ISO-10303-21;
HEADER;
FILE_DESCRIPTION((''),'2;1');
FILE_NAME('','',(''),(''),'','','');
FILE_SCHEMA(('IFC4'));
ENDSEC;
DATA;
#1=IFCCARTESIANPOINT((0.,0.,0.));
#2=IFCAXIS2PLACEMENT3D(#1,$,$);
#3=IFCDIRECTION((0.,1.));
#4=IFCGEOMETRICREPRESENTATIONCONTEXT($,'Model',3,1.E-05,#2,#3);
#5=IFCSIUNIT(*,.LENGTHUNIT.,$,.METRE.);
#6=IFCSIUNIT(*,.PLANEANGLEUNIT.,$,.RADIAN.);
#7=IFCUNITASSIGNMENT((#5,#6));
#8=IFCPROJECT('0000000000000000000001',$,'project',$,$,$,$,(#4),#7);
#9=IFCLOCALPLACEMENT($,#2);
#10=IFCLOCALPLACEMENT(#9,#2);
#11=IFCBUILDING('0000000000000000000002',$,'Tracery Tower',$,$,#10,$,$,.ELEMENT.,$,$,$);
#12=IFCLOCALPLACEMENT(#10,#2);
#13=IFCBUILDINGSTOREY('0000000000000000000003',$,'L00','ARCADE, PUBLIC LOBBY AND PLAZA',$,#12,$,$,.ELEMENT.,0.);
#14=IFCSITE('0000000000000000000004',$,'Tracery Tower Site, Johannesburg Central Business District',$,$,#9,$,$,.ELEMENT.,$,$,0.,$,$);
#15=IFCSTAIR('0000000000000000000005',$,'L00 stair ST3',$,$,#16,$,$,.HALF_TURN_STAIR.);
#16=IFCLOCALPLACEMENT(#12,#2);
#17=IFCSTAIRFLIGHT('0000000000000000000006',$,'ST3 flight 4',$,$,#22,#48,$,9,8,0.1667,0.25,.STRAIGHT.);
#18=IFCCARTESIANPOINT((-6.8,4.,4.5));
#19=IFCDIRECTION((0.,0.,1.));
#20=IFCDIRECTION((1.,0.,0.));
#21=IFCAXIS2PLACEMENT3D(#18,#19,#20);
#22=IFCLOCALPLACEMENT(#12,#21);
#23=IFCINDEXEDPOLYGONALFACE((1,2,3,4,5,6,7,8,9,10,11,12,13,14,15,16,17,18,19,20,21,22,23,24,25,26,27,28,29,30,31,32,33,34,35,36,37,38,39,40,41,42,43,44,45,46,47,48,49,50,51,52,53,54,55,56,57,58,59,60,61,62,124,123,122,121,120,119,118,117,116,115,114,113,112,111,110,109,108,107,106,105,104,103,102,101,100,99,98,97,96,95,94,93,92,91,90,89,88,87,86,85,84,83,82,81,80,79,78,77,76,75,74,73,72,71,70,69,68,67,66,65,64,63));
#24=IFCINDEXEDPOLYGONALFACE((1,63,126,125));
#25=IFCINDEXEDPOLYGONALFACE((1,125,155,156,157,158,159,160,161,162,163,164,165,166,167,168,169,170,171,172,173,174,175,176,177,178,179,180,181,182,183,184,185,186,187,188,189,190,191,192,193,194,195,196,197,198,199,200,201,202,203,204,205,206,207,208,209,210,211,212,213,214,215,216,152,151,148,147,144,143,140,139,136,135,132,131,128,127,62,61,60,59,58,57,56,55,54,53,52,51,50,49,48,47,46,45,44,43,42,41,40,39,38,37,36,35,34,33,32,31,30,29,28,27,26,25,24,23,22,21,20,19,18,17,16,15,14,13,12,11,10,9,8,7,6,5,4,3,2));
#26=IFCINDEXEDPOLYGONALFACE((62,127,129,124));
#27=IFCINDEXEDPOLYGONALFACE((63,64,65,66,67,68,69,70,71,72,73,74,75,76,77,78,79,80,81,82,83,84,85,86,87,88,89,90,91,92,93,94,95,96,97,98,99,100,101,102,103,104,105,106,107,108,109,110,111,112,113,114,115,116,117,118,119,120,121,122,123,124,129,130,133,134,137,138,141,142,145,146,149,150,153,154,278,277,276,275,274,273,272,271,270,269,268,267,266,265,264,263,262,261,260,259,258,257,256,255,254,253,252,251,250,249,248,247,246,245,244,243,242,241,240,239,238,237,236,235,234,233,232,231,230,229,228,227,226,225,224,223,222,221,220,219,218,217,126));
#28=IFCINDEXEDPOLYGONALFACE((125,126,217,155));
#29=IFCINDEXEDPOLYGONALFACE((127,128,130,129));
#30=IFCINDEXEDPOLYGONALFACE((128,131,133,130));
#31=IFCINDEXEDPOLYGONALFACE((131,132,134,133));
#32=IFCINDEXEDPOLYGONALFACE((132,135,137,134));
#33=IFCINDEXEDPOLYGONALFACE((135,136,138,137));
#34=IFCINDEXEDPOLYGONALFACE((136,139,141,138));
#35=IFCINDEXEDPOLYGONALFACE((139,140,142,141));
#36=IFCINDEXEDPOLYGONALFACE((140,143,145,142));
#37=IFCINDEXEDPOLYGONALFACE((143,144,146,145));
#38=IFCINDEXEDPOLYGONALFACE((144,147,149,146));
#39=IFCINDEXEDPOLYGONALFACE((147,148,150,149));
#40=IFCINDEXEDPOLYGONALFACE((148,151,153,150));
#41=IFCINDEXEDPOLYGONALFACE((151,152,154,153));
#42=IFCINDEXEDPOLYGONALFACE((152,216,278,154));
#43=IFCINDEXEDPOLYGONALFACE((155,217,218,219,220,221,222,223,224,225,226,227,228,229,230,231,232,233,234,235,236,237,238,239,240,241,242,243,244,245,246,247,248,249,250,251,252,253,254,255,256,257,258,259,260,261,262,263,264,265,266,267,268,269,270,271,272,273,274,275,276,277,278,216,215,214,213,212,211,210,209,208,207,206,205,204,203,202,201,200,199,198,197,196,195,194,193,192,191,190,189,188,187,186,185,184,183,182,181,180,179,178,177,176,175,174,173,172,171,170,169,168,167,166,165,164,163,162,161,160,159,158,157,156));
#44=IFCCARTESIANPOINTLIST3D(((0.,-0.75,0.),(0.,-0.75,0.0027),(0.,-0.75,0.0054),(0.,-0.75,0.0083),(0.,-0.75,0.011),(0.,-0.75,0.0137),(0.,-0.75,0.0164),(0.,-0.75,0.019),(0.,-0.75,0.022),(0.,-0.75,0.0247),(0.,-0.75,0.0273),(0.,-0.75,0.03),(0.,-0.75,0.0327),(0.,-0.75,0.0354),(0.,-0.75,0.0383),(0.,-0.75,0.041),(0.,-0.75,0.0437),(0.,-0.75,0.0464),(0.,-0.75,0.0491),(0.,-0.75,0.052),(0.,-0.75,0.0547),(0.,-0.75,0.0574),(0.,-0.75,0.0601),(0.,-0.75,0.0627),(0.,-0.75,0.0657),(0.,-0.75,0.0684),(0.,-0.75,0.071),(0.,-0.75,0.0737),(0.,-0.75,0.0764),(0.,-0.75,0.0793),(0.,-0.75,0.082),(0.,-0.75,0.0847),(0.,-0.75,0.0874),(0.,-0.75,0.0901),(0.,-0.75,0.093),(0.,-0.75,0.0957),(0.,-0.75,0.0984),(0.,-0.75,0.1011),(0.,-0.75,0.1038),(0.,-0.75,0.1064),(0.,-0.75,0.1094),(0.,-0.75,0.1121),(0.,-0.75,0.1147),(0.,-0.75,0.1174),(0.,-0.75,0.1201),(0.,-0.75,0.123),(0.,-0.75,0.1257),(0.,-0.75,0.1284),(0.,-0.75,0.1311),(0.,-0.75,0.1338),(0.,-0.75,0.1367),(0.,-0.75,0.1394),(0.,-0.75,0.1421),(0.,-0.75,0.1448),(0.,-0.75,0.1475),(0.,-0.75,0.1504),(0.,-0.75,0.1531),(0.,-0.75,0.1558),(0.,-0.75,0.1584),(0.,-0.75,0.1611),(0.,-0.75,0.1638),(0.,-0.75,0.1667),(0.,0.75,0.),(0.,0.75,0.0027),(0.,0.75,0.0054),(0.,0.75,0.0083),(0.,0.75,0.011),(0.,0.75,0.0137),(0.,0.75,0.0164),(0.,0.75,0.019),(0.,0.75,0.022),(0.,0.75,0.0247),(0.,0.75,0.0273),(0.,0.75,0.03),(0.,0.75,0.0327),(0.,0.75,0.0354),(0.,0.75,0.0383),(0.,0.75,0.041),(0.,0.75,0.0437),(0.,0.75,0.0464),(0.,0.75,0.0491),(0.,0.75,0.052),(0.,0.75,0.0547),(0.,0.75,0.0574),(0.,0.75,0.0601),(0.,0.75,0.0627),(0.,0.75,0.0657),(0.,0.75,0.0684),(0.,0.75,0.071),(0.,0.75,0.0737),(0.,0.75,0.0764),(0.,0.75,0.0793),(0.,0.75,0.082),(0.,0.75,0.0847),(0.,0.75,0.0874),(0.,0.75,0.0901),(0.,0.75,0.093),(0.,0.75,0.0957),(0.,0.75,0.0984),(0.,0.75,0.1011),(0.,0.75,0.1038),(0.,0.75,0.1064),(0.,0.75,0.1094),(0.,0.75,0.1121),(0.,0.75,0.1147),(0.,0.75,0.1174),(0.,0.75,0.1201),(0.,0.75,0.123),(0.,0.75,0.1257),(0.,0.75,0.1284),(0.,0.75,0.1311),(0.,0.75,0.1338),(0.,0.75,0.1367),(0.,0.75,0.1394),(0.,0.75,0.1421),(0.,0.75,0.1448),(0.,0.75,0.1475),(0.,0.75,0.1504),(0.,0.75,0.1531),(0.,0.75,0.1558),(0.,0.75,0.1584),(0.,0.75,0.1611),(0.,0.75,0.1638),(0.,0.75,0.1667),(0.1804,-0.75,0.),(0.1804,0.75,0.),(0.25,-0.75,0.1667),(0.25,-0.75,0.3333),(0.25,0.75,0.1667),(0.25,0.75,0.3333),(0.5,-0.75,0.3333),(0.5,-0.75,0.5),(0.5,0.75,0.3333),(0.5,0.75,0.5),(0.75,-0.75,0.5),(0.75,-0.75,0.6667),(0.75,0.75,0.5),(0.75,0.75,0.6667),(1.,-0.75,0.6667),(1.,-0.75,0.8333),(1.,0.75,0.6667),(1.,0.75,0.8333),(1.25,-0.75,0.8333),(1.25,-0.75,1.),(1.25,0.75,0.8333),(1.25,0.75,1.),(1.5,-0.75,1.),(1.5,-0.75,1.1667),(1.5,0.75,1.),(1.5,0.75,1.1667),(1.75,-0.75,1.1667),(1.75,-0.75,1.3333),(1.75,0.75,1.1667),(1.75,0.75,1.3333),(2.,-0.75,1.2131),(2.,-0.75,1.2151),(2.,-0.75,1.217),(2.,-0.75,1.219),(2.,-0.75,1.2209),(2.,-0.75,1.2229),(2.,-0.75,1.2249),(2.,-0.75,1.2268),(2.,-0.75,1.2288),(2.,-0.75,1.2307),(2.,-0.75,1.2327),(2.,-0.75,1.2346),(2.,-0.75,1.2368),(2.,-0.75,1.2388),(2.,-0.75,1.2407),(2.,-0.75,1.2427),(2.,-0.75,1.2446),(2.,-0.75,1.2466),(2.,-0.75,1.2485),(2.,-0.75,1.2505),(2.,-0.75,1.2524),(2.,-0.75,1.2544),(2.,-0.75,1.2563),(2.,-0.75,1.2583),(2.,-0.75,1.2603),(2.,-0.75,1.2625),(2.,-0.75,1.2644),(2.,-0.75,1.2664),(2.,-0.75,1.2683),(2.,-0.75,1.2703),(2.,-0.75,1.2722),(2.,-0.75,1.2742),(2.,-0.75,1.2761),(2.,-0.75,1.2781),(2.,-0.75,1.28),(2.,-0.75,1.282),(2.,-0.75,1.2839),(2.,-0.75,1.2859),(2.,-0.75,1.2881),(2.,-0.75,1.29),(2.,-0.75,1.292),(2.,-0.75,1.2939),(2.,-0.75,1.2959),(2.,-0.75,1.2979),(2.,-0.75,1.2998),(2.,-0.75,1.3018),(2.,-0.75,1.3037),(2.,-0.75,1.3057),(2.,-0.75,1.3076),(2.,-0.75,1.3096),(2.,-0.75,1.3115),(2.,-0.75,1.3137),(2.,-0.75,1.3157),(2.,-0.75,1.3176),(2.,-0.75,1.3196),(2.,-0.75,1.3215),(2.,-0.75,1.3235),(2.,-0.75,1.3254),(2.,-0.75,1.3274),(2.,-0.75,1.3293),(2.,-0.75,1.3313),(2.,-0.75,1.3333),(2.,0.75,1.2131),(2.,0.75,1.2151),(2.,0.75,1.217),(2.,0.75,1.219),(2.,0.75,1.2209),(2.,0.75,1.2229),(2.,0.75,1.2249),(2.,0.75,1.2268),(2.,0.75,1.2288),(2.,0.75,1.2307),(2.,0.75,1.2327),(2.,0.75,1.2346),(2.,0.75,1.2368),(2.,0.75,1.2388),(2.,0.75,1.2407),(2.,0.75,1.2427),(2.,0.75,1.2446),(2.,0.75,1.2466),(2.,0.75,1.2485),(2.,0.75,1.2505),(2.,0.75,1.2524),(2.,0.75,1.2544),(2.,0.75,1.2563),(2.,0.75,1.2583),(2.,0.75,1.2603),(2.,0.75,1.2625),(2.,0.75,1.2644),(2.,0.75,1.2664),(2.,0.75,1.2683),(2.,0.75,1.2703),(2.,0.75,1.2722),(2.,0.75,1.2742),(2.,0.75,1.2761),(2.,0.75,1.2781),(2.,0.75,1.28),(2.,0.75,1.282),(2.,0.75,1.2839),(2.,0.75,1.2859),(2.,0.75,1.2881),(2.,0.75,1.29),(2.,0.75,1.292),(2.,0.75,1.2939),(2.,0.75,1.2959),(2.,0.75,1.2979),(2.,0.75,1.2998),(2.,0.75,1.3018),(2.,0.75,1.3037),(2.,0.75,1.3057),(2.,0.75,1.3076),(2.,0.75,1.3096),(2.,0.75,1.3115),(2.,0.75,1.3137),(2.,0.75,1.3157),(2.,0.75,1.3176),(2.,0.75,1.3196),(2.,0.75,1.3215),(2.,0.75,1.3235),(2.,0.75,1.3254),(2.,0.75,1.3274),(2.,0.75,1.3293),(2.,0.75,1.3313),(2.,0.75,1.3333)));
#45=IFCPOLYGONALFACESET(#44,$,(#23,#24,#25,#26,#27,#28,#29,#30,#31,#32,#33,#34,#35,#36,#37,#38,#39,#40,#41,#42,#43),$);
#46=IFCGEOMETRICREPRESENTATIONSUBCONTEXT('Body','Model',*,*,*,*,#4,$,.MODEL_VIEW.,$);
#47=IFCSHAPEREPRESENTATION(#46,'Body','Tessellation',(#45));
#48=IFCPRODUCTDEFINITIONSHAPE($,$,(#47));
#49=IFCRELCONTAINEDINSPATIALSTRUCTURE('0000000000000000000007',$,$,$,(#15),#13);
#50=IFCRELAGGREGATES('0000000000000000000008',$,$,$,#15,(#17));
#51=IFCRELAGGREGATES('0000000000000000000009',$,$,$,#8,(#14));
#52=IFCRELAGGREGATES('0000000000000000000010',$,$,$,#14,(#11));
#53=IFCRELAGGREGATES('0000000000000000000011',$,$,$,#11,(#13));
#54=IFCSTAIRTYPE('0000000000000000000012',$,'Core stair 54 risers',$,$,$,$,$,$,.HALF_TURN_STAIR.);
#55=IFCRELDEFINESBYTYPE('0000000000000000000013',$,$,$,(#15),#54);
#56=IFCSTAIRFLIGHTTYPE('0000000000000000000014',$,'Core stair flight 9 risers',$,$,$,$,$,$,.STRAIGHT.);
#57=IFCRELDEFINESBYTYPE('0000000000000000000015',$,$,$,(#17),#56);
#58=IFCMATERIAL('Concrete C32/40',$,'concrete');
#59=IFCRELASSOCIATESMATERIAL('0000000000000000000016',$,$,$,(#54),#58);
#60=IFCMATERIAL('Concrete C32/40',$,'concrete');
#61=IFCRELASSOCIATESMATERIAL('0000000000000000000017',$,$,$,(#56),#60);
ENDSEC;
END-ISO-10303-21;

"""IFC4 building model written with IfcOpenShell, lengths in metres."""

from ifc_helpers import new_model, si_unit, direction, frame, origin, place, context, subcontext, project, spatial, polyline, outline, extrude, material, type_object, element, aggregate, save


model = new_model("IFC4")

# Units and contexts
model_context = context("Model", 3, precision=1e-05, world=origin(), true_north=direction((0.0, 1.0)))
body_context = subcontext(model_context, "Body", "Model", "MODEL_VIEW")
ifc_project = project(units=[si_unit("LENGTHUNIT", "METRE"), si_unit("PLANEANGLEUNIT", "RADIAN")], contexts=[model_context])

# Site, building, storey
site_placement = place(None, origin())
site = spatial("IfcSite", under=ifc_project, at=site_placement, Name="Tracery Tower Site, Johannesburg Central Business District", CompositionType="ELEMENT", RefElevation=0.0)
building_placement = place(site_placement, origin())
building = spatial("IfcBuilding", under=site, at=building_placement, Name="Tracery Tower", CompositionType="ELEMENT")
storey_placement = place(building_placement, origin())
storey = spatial("IfcBuildingStorey", under=building, at=storey_placement, Name="L00", Description="ARCADE, PUBLIC LOBBY AND PLAZA", CompositionType="ELEMENT", Elevation=0.0)

# Stair, stair flight
ifc_material_1 = material(Name="Concrete C32/40", Category="concrete")
stair_type = type_object("IfcStairType", Name="Core stair 54 risers", PredefinedType="HALF_TURN_STAIR", material=ifc_material_1)
stair_placement = place(storey_placement, origin())
stair = element("IfcStair", 1, at=stair_placement, inside=storey, type_object=stair_type, Name="L00 stair ST3", PredefinedType="HALF_TURN_STAIR")
ifc_material_2 = material(Name="Concrete C32/40", Category="concrete")
stair_flight_type = type_object("IfcStairFlightType", Name="Core stair flight 9 risers", PredefinedType="STRAIGHT", material=ifc_material_2)
stair_flight_1_placement = place(storey_placement, frame((-6.8, 4.0, 4.5), z_axis=(0.0, 0.0, 1.0), x_axis=(1.0, 0.0, 0.0)))
stair_flight_1 = element("IfcStairFlight", 2, at=stair_flight_1_placement, type_object=stair_flight_type, Name="ST3 flight 4", NumberOfRisers=9, NumberOfTreads=8, PredefinedType="STRAIGHT", RiserHeight=0.1667, TreadLength=0.25, context=body_context, shape_type="SweptSolid", body=[
    extrude(outline(polyline([(0.0, 0.0), (0.0, 0.0027), (0.0, 0.0054), (0.0, 0.0083), (0.0, 0.011), (0.0, 0.0137), (0.0, 0.0164), (0.0, 0.019), (0.0, 0.022), (0.0, 0.0247), (0.0, 0.0273), (0.0, 0.03), (0.0, 0.0327), (0.0, 0.0354), (0.0, 0.0383), (0.0, 0.041), (0.0, 0.0437), (0.0, 0.0464), (0.0, 0.0491), (0.0, 0.052), (0.0, 0.0547), (0.0, 0.0574), (0.0, 0.0601), (0.0, 0.0627), (0.0, 0.0657), (0.0, 0.0684), (0.0, 0.071), (0.0, 0.0737), (0.0, 0.0764), (0.0, 0.0793), (0.0, 0.082), (0.0, 0.0847), (0.0, 0.0874), (0.0, 0.0901), (0.0, 0.093), (0.0, 0.0957), (0.0, 0.0984), (0.0, 0.1011), (0.0, 0.1038), (0.0, 0.1064), (0.0, 0.1094), (0.0, 0.1121), (0.0, 0.1147), (0.0, 0.1174), (0.0, 0.1201), (0.0, 0.123), (0.0, 0.1257), (0.0, 0.1284), (0.0, 0.1311), (0.0, 0.1338), (0.0, 0.1367), (0.0, 0.1394), (0.0, 0.1421), (0.0, 0.1448), (0.0, 0.1475), (0.0, 0.1504), (0.0, 0.1531), (0.0, 0.1558), (0.0, 0.1584), (0.0, 0.1611), (0.0, 0.1638), (0.0, 0.1667), (0.25, 0.1667), (0.25, 0.3333), (0.5, 0.3333), (0.5, 0.5), (0.75, 0.5), (0.75, 0.6667), (1.0, 0.6667), (1.0, 0.8333), (1.25, 0.8333), (1.25, 1.0), (1.5, 1.0), (1.5, 1.1667), (1.75, 1.1667), (1.75, 1.3333), (2.0, 1.3333), (2.0, 1.3313), (2.0, 1.3293), (2.0, 1.3274), (2.0, 1.3254), (2.0, 1.3235), (2.0, 1.3215), (2.0, 1.3196), (2.0, 1.3176), (2.0, 1.3157), (2.0, 1.3137), (2.0, 1.3115), (2.0, 1.3096), (2.0, 1.3076), (2.0, 1.3057), (2.0, 1.3037), (2.0, 1.3018), (2.0, 1.2998), (2.0, 1.2979), (2.0, 1.2959), (2.0, 1.2939), (2.0, 1.292), (2.0, 1.29), (2.0, 1.2881), (2.0, 1.2859), (2.0, 1.2839), (2.0, 1.282), (2.0, 1.28), (2.0, 1.2781), (2.0, 1.2761), (2.0, 1.2742), (2.0, 1.2722), (2.0, 1.2703), (2.0, 1.2683), (2.0, 1.2664), (2.0, 1.2644), (2.0, 1.2625), (2.0, 1.2603), (2.0, 1.2583), (2.0, 1.2563), (2.0, 1.2544), (2.0, 1.2524), (2.0, 1.2505), (2.0, 1.2485), (2.0, 1.2466), (2.0, 1.2446), (2.0, 1.2427), (2.0, 1.2407), (2.0, 1.2388), (2.0, 1.2368), (2.0, 1.2346), (2.0, 1.2327), (2.0, 1.2307), (2.0, 1.2288), (2.0, 1.2268), (2.0, 1.2249), (2.0, 1.2229), (2.0, 1.2209), (2.0, 1.219), (2.0, 1.217), (2.0, 1.2151), (2.0, 1.2131), (0.1804, 0.0), (0.0, 0.0)])), frame((0.0, 0.75, 0.0), z_axis=(0.0, -1.0, 0.0), x_axis=(1.0, 0.0, 0.0)), (0.0, 0.0, 1.0), 1.5),
])
aggregate(stair, [stair_flight_1])

save(model, "model.ifc")
